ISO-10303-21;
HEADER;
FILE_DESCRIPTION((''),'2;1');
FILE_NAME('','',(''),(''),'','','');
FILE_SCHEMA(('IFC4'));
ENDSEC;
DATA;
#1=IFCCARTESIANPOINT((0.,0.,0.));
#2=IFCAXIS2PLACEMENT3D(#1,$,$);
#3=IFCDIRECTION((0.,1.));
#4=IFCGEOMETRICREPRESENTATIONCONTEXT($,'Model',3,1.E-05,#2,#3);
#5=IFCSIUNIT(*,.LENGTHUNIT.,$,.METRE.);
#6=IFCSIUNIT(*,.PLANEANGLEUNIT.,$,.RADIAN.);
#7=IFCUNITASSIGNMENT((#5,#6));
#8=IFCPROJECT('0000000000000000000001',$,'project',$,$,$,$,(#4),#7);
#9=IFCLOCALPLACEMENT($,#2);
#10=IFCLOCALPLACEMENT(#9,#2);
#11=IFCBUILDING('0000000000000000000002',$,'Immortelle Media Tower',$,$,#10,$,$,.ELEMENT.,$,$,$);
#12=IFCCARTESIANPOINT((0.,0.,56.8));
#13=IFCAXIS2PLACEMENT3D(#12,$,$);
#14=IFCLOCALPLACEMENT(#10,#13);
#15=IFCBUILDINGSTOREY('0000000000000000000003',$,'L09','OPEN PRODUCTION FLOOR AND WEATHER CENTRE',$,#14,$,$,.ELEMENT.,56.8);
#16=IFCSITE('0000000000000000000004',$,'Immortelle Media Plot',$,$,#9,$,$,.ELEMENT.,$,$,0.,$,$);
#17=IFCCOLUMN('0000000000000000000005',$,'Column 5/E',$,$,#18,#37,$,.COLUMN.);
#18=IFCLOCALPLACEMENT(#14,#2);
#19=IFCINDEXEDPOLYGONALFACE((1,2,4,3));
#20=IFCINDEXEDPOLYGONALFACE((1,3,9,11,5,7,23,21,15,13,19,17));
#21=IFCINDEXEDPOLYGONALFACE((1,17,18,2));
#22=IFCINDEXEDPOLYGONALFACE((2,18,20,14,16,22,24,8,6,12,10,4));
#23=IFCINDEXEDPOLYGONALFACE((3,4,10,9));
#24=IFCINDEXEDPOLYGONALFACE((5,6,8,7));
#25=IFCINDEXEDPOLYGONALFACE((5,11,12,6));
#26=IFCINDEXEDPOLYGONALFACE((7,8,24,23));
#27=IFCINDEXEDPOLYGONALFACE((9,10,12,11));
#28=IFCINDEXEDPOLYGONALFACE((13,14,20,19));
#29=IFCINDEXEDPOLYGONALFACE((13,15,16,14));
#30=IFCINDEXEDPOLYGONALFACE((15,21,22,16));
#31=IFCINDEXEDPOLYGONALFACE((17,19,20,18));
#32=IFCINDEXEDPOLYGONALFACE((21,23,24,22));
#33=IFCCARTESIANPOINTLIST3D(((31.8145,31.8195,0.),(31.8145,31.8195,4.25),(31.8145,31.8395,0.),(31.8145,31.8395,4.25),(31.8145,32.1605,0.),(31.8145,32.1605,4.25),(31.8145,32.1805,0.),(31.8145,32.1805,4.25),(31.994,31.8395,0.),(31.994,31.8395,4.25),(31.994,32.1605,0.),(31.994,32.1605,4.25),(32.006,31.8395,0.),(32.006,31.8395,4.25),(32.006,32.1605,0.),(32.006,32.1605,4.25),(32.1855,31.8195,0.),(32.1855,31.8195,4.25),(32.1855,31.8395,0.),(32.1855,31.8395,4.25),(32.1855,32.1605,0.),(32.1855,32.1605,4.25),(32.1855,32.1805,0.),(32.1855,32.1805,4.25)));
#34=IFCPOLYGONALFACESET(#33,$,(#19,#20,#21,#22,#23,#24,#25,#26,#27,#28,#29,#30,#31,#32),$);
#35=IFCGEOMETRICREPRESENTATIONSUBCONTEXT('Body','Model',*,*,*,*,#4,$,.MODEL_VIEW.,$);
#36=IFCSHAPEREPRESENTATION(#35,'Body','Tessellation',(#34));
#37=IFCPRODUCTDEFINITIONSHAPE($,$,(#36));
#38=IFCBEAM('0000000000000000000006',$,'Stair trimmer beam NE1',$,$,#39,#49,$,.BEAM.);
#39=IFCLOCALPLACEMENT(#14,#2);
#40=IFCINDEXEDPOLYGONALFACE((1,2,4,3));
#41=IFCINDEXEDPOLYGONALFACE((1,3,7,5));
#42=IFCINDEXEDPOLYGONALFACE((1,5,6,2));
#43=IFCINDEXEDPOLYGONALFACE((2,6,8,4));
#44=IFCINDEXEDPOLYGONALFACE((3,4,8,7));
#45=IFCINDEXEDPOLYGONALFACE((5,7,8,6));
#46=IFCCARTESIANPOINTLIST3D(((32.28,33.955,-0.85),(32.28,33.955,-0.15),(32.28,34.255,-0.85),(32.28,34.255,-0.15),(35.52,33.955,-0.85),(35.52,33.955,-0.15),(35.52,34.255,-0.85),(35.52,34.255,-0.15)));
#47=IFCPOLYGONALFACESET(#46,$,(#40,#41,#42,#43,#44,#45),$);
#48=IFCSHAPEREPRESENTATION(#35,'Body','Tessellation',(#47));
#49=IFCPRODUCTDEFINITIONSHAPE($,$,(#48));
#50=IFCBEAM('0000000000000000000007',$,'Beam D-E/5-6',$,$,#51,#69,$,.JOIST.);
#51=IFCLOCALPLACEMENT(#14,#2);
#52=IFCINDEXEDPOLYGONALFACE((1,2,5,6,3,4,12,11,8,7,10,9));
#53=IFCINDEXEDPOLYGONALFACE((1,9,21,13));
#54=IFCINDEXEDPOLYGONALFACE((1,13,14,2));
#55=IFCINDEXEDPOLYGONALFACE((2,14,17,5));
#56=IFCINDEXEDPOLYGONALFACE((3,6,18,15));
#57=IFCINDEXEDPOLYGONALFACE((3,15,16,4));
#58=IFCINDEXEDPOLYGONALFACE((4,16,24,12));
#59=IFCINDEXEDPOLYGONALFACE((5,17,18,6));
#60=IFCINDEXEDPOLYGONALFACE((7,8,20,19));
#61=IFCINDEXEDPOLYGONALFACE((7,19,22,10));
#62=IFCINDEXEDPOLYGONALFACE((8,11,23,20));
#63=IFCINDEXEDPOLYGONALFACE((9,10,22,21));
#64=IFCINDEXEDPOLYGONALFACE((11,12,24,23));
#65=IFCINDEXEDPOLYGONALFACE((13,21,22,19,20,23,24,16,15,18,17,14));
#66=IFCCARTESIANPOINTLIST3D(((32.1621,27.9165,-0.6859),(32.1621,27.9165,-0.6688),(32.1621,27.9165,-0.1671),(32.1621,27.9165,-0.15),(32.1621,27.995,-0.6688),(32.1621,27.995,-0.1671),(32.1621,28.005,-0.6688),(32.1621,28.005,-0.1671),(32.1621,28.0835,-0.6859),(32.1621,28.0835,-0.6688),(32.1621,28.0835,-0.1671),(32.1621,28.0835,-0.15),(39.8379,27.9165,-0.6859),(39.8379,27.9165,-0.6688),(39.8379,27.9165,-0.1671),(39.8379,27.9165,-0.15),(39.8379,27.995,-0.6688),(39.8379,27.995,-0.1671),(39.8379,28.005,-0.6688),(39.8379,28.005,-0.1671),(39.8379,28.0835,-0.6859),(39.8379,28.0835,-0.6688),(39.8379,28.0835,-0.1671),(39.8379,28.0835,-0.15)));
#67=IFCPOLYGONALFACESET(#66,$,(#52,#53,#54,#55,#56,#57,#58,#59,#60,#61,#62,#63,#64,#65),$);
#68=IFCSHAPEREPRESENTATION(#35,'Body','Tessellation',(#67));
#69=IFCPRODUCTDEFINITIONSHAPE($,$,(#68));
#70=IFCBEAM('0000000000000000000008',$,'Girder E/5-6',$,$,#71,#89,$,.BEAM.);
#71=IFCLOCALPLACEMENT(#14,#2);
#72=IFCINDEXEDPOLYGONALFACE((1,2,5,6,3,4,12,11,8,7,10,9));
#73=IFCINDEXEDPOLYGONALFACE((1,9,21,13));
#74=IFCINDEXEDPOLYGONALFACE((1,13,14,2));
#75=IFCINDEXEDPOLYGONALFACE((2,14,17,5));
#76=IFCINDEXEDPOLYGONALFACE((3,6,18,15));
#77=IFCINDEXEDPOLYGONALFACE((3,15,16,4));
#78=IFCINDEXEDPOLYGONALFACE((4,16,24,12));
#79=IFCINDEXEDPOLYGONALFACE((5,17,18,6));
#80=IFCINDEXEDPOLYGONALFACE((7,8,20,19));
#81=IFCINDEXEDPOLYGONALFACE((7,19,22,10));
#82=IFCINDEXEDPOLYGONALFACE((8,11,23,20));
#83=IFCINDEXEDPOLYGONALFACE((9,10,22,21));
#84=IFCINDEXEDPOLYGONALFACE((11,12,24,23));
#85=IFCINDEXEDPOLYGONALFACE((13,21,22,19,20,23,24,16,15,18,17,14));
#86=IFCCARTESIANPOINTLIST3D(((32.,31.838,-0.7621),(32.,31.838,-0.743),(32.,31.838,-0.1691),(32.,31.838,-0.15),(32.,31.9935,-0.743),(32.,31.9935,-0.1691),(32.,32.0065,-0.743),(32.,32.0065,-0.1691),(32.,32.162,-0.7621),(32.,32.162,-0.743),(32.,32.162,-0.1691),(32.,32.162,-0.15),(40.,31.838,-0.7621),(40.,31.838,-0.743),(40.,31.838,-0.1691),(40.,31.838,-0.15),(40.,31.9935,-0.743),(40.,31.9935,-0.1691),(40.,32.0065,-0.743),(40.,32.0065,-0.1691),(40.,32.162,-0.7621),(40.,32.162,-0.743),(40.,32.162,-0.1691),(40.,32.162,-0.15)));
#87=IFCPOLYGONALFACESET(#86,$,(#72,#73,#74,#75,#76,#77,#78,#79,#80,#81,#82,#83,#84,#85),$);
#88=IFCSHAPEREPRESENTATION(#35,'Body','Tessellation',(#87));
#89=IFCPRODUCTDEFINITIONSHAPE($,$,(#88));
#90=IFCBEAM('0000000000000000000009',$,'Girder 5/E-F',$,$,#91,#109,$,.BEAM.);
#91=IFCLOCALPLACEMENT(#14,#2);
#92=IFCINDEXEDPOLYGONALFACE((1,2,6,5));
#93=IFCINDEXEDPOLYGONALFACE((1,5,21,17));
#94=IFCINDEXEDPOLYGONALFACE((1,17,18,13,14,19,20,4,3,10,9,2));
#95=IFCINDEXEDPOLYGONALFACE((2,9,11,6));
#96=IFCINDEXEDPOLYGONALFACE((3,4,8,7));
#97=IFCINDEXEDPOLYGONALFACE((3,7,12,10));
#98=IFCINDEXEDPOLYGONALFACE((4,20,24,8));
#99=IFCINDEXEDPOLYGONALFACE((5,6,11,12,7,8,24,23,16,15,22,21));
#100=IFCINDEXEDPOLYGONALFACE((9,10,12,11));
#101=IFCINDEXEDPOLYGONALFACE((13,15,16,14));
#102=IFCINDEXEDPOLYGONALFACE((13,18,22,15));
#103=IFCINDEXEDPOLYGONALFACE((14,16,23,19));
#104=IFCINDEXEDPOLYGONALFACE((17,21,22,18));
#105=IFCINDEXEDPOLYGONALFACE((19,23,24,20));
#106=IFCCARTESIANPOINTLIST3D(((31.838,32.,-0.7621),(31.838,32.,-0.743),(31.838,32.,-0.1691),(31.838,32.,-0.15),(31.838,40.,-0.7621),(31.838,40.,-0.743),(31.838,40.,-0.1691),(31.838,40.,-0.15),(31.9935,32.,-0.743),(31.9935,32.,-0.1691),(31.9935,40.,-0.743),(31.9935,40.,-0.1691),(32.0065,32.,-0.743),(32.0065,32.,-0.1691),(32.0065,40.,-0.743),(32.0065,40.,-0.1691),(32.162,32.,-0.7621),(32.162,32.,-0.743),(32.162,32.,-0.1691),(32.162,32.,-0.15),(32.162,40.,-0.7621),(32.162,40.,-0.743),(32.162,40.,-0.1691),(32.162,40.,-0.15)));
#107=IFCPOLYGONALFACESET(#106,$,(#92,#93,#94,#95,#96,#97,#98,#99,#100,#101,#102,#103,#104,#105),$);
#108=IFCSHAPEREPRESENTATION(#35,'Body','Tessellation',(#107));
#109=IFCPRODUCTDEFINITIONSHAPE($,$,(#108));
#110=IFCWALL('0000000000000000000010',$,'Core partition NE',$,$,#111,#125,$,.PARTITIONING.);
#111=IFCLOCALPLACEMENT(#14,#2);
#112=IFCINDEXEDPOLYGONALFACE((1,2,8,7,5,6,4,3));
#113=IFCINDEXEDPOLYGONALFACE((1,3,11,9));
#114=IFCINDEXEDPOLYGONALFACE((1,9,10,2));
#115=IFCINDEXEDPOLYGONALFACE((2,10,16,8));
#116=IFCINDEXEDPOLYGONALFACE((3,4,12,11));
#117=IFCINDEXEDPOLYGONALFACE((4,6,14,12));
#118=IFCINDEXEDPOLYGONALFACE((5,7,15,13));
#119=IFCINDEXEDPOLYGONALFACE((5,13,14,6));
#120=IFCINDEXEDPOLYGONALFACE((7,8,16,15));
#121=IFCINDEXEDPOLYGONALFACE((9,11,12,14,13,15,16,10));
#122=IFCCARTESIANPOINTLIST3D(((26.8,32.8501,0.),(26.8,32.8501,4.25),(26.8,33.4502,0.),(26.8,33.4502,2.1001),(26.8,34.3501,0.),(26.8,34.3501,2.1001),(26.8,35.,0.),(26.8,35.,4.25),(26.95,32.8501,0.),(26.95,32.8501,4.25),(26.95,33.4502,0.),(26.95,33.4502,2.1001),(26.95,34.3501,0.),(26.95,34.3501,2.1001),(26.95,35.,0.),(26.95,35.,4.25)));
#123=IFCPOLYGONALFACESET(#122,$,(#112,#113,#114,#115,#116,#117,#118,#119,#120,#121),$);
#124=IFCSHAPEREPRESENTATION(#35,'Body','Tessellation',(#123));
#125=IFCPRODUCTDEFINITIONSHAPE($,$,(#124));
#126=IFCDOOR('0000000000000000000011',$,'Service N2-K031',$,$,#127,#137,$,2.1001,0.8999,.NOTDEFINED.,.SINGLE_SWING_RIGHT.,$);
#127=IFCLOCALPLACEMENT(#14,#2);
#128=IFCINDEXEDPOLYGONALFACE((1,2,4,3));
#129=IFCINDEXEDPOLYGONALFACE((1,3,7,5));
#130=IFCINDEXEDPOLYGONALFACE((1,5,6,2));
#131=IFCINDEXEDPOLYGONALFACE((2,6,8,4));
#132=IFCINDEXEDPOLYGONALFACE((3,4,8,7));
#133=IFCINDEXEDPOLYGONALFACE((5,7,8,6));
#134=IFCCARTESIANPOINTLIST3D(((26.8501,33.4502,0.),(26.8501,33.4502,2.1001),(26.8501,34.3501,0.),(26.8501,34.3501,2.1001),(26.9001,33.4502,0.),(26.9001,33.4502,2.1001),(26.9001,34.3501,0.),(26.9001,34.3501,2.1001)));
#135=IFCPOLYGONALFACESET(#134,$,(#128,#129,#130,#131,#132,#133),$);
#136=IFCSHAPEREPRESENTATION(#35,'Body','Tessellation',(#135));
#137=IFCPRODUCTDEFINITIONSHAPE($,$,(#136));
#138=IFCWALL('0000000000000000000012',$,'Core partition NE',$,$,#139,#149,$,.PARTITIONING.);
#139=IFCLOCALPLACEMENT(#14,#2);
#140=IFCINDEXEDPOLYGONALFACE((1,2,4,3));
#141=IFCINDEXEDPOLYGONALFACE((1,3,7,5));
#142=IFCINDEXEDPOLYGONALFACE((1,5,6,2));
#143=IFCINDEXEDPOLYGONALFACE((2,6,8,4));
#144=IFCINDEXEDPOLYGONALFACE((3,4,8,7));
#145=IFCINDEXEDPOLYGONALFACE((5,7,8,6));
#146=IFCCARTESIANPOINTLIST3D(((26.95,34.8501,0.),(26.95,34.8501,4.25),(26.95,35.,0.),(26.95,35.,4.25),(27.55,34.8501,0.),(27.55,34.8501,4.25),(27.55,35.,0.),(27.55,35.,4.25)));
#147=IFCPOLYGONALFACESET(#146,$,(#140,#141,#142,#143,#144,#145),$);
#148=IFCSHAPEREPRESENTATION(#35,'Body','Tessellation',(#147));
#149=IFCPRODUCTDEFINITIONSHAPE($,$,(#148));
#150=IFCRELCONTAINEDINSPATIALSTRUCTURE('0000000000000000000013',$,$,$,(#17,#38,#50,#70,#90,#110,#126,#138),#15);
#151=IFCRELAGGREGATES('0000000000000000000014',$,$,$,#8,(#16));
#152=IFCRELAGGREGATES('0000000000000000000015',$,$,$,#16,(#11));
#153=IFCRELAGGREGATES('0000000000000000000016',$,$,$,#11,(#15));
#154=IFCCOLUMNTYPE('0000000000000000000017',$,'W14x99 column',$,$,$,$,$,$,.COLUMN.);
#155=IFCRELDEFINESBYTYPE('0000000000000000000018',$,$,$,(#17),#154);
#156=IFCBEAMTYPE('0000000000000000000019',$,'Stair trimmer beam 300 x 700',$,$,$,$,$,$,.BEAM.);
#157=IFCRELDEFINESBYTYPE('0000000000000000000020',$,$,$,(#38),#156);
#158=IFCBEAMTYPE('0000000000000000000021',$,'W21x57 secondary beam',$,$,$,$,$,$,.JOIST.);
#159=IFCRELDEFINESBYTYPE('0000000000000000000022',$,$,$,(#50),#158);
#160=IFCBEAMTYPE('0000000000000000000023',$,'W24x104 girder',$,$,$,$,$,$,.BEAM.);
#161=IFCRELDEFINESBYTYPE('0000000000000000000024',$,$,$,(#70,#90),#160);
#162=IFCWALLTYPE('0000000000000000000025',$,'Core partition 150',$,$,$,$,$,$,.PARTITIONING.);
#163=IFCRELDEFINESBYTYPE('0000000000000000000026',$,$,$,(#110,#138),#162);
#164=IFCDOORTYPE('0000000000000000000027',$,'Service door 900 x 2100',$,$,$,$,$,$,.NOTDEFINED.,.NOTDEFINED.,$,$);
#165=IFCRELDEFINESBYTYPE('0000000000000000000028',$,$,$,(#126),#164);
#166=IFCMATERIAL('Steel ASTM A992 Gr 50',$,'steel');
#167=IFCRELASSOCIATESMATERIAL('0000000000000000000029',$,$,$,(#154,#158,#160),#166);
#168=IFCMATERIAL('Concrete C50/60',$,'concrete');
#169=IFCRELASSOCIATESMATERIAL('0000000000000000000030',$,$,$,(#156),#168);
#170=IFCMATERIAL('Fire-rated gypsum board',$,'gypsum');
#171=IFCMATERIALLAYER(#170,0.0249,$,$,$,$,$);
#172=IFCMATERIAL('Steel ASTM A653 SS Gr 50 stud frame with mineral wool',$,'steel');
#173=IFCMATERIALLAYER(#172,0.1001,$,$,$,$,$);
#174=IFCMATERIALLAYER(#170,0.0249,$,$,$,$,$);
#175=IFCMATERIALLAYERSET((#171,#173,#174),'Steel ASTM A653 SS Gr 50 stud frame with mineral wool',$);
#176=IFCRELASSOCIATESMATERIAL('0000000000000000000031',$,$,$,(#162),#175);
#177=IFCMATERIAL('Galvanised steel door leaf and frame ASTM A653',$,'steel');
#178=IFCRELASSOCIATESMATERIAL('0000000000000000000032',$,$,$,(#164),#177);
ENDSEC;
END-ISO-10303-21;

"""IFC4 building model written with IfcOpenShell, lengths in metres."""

from ifc_helpers import new_model, si_unit, direction, frame, frame_2d, origin, origin_2d, place, context, subcontext, project, spatial, rectangle, i_section, extrude, material, layer, layer_set, material_profile, profile_set, type_object, element, fill, save


model = new_model("IFC4")

# Units and contexts
model_context = context("Model", 3, precision=1e-05, world=origin(), true_north=direction((0.0, 1.0)))
body_context = subcontext(model_context, "Body", "Model", "MODEL_VIEW")
ifc_project = project(units=[si_unit("LENGTHUNIT", "METRE"), si_unit("PLANEANGLEUNIT", "RADIAN")], contexts=[model_context])

# Site, building, storey
site_placement = place(None, origin())
site = spatial("IfcSite", under=ifc_project, at=site_placement, Name="Immortelle Media Plot", CompositionType="ELEMENT", RefElevation=0.0)
building_placement = place(site_placement, origin())
building = spatial("IfcBuilding", under=site, at=building_placement, Name="Immortelle Media Tower", CompositionType="ELEMENT")
storey_placement = place(building_placement, frame((0.0, 0.0, 56.8)))
storey = spatial("IfcBuildingStorey", under=building, at=storey_placement, Name="L09", Description="OPEN PRODUCTION FLOOR AND WEATHER CENTRE", CompositionType="ELEMENT", Elevation=56.8)

# Column
ifc_material_1 = material(Name="Steel ASTM A992 Gr 50", Category="steel")
ifc_material_profile_1 = material_profile(ifc_material_1, i_section(OverallWidth=0.3711, OverallDepth=0.3611, WebThickness=0.012, FlangeThickness=0.02, at=origin_2d()), Name="W14x99")
ifc_profile_set_1 = profile_set([ifc_material_profile_1], Name="Steel ASTM A992 Gr 50")
column_type = type_object("IfcColumnType", Name="W14x99 column", PredefinedType="COLUMN", material=ifc_profile_set_1)
column_placement = place(storey_placement, frame((32.0, 32.0, 0.0), z_axis=(0.0, 0.0, 1.0), x_axis=(1.0, 0.0, 0.0)))
element("IfcColumn", 1, at=column_placement, inside=storey, type_object=column_type, Name="Column 5/E", PredefinedType="COLUMN", context=body_context, shape_type="SweptSolid", body=[
    extrude(i_section(OverallWidth=0.3711, OverallDepth=0.3611, WebThickness=0.012, FlangeThickness=0.02, at=origin_2d()), origin(), (0.0, 0.0, 1.0), 4.25),
])

# Beams
ifc_material_2 = material(Name="Concrete C50/60", Category="concrete")
ifc_material_profile_2 = material_profile(ifc_material_2, rectangle(XDim=0.3, YDim=0.7, at=origin_2d()), Name="RC 300x700")
ifc_profile_set_2 = profile_set([ifc_material_profile_2], Name="Concrete C50/60")
beam_type_1 = type_object("IfcBeamType", Name="Stair trimmer beam 300 x 700", PredefinedType="BEAM", material=ifc_profile_set_2)
beam_1_placement = place(storey_placement, frame((32.28, 34.105, -0.5), z_axis=(1.0, 0.0, 0.0), x_axis=(0.0, 1.0, 0.0)))
element("IfcBeam", 2, at=beam_1_placement, inside=storey, type_object=beam_type_1, Name="Stair trimmer beam NE1", PredefinedType="BEAM", context=body_context, shape_type="SweptSolid", body=[
    extrude(rectangle(XDim=0.3, YDim=0.7, at=origin_2d()), origin(), (0.0, 0.0, 1.0), 3.24),
])
ifc_material_profile_3 = material_profile(ifc_material_1, i_section(OverallWidth=0.167, OverallDepth=0.5359, WebThickness=0.01, FlangeThickness=0.0171, at=origin_2d()), Name="W21x57")
ifc_profile_set_3 = profile_set([ifc_material_profile_3], Name="Steel ASTM A992 Gr 50")
beam_type_2 = type_object("IfcBeamType", Name="W21x57 secondary beam", PredefinedType="JOIST", material=ifc_profile_set_3)
beam_2_placement = place(storey_placement, frame((32.1621, 28.0, -0.418), z_axis=(1.0, 0.0, 0.0), x_axis=(0.0, 1.0, 0.0)))
element("IfcBeam", 3, at=beam_2_placement, inside=storey, type_object=beam_type_2, Name="Beam D-E/5-6", PredefinedType="JOIST", context=body_context, shape_type="SweptSolid", body=[
    extrude(i_section(OverallWidth=0.167, OverallDepth=0.5359, WebThickness=0.01, FlangeThickness=0.0171, at=origin_2d()), origin(), (0.0, 0.0, 1.0), 7.6758),
])
ifc_material_profile_4 = material_profile(ifc_material_1, i_section(OverallWidth=0.324, OverallDepth=0.6121, WebThickness=0.0129, FlangeThickness=0.019, at=origin_2d()), Name="W24x104")
ifc_profile_set_4 = profile_set([ifc_material_profile_4], Name="Steel ASTM A992 Gr 50")
beam_type_3 = type_object("IfcBeamType", Name="W24x104 girder", PredefinedType="BEAM", material=ifc_profile_set_4)
for number, where, z_axis, x_axis, name in (
    (4, (32.0, 32.0, -0.4561), (1.0, 0.0, 0.0), (0.0, 1.0, 0.0), "Girder E/5-6"),
    (5, (32.0, 32.0, -0.4561), (0.0, 1.0, 0.0), (-1.0, 0.0, 0.0), "Girder 5/E-F"),
):
    element("IfcBeam", number, at=place(storey_placement, frame(where, z_axis=z_axis, x_axis=x_axis)), inside=storey, type_object=beam_type_3, Name=name, PredefinedType="BEAM", context=body_context, shape_type="SweptSolid", body=[
        extrude(i_section(OverallWidth=0.324, OverallDepth=0.6121, WebThickness=0.0129, FlangeThickness=0.019, at=origin_2d()), origin(), (0.0, 0.0, 1.0), 8.0),
    ])

# Wall, opening, door
ifc_material_3 = material(Name="Fire-rated gypsum board", Category="gypsum")
ifc_layer_1 = layer(ifc_material_3, 0.0249)
ifc_material_4 = material(Name="Steel ASTM A653 SS Gr 50 stud frame with mineral wool", Category="steel")
ifc_layer_2 = layer(ifc_material_4, 0.1001)
ifc_layer_3 = layer(ifc_material_3, 0.0249)
ifc_layer_set_1 = layer_set([ifc_layer_1, ifc_layer_2, ifc_layer_3], Name="Steel ASTM A653 SS Gr 50 stud frame with mineral wool")
wall_type_1 = type_object("IfcWallType", Name="Core partition 150", PredefinedType="PARTITIONING", material=ifc_layer_set_1)
wall_1_placement = place(storey_placement, frame((26.875, 32.8501, 0.0), z_axis=(0.0, 0.0, 1.0), x_axis=(0.0, 1.0, 0.0)))
wall_1 = element("IfcWall", 6, at=wall_1_placement, inside=storey, type_object=wall_type_1, Name="Core partition NE", PredefinedType="PARTITIONING", context=body_context, shape_type="SweptSolid", body=[
    extrude(rectangle(XDim=2.1499, YDim=0.1499, at=frame_2d((1.075, 0.0))), origin(), (0.0, 0.0, 1.0), 4.25),
])
opening_1_placement = place(wall_1_placement, frame((0.6001, 0.0, 0.0)))
opening_1 = element("IfcOpeningElement", 7, at=opening_1_placement, cuts=wall_1, PredefinedType="OPENING", context=body_context, shape_type="SweptSolid", body=[
    extrude(rectangle(XDim=0.8999, YDim=2.1001, at=frame_2d((0.45, 1.05))), frame((0.0, 0.085, 0.0), z_axis=(0.0, -1.0, 0.0), x_axis=(1.0, 0.0, 0.0)), (0.0, 0.0, 1.0), 0.1699),
])
ifc_material_5 = material(Name="Galvanised steel door leaf and frame ASTM A653", Category="steel")
door_type_1 = type_object("IfcDoorType", Name="Service door 900 x 2100", OperationType="NOTDEFINED", PredefinedType="NOTDEFINED", material=ifc_material_5)
door_1_placement = place(opening_1_placement, origin())
door_1 = element("IfcDoor", 8, at=door_1_placement, inside=storey, type_object=door_type_1, Name="Service N2-K031", OperationType="SINGLE_SWING_RIGHT", OverallHeight=2.1001, OverallWidth=0.8999, PredefinedType="NOTDEFINED", context=body_context, shape_type="SweptSolid", body=[
    extrude(rectangle(XDim=0.8999, YDim=2.1001, at=frame_2d((0.45, 1.05))), frame((0.0, 0.0249, 0.0), z_axis=(0.0, -1.0, 0.0), x_axis=(1.0, 0.0, 0.0)), (0.0, 0.0, 1.0), 0.05),
])
fill(opening_1, door_1)

# Wall
wall_2_placement = place(storey_placement, frame((26.95, 34.925, 0.0), z_axis=(0.0, 0.0, 1.0), x_axis=(1.0, 0.0, 0.0)))
element("IfcWall", 9, at=wall_2_placement, inside=storey, type_object=wall_type_1, Name="Core partition NE", PredefinedType="PARTITIONING", context=body_context, shape_type="SweptSolid", body=[
    extrude(rectangle(XDim=0.6001, YDim=0.1499, at=frame_2d((0.3, 0.0))), origin(), (0.0, 0.0, 1.0), 4.25),
])

save(model, "model.ifc")
